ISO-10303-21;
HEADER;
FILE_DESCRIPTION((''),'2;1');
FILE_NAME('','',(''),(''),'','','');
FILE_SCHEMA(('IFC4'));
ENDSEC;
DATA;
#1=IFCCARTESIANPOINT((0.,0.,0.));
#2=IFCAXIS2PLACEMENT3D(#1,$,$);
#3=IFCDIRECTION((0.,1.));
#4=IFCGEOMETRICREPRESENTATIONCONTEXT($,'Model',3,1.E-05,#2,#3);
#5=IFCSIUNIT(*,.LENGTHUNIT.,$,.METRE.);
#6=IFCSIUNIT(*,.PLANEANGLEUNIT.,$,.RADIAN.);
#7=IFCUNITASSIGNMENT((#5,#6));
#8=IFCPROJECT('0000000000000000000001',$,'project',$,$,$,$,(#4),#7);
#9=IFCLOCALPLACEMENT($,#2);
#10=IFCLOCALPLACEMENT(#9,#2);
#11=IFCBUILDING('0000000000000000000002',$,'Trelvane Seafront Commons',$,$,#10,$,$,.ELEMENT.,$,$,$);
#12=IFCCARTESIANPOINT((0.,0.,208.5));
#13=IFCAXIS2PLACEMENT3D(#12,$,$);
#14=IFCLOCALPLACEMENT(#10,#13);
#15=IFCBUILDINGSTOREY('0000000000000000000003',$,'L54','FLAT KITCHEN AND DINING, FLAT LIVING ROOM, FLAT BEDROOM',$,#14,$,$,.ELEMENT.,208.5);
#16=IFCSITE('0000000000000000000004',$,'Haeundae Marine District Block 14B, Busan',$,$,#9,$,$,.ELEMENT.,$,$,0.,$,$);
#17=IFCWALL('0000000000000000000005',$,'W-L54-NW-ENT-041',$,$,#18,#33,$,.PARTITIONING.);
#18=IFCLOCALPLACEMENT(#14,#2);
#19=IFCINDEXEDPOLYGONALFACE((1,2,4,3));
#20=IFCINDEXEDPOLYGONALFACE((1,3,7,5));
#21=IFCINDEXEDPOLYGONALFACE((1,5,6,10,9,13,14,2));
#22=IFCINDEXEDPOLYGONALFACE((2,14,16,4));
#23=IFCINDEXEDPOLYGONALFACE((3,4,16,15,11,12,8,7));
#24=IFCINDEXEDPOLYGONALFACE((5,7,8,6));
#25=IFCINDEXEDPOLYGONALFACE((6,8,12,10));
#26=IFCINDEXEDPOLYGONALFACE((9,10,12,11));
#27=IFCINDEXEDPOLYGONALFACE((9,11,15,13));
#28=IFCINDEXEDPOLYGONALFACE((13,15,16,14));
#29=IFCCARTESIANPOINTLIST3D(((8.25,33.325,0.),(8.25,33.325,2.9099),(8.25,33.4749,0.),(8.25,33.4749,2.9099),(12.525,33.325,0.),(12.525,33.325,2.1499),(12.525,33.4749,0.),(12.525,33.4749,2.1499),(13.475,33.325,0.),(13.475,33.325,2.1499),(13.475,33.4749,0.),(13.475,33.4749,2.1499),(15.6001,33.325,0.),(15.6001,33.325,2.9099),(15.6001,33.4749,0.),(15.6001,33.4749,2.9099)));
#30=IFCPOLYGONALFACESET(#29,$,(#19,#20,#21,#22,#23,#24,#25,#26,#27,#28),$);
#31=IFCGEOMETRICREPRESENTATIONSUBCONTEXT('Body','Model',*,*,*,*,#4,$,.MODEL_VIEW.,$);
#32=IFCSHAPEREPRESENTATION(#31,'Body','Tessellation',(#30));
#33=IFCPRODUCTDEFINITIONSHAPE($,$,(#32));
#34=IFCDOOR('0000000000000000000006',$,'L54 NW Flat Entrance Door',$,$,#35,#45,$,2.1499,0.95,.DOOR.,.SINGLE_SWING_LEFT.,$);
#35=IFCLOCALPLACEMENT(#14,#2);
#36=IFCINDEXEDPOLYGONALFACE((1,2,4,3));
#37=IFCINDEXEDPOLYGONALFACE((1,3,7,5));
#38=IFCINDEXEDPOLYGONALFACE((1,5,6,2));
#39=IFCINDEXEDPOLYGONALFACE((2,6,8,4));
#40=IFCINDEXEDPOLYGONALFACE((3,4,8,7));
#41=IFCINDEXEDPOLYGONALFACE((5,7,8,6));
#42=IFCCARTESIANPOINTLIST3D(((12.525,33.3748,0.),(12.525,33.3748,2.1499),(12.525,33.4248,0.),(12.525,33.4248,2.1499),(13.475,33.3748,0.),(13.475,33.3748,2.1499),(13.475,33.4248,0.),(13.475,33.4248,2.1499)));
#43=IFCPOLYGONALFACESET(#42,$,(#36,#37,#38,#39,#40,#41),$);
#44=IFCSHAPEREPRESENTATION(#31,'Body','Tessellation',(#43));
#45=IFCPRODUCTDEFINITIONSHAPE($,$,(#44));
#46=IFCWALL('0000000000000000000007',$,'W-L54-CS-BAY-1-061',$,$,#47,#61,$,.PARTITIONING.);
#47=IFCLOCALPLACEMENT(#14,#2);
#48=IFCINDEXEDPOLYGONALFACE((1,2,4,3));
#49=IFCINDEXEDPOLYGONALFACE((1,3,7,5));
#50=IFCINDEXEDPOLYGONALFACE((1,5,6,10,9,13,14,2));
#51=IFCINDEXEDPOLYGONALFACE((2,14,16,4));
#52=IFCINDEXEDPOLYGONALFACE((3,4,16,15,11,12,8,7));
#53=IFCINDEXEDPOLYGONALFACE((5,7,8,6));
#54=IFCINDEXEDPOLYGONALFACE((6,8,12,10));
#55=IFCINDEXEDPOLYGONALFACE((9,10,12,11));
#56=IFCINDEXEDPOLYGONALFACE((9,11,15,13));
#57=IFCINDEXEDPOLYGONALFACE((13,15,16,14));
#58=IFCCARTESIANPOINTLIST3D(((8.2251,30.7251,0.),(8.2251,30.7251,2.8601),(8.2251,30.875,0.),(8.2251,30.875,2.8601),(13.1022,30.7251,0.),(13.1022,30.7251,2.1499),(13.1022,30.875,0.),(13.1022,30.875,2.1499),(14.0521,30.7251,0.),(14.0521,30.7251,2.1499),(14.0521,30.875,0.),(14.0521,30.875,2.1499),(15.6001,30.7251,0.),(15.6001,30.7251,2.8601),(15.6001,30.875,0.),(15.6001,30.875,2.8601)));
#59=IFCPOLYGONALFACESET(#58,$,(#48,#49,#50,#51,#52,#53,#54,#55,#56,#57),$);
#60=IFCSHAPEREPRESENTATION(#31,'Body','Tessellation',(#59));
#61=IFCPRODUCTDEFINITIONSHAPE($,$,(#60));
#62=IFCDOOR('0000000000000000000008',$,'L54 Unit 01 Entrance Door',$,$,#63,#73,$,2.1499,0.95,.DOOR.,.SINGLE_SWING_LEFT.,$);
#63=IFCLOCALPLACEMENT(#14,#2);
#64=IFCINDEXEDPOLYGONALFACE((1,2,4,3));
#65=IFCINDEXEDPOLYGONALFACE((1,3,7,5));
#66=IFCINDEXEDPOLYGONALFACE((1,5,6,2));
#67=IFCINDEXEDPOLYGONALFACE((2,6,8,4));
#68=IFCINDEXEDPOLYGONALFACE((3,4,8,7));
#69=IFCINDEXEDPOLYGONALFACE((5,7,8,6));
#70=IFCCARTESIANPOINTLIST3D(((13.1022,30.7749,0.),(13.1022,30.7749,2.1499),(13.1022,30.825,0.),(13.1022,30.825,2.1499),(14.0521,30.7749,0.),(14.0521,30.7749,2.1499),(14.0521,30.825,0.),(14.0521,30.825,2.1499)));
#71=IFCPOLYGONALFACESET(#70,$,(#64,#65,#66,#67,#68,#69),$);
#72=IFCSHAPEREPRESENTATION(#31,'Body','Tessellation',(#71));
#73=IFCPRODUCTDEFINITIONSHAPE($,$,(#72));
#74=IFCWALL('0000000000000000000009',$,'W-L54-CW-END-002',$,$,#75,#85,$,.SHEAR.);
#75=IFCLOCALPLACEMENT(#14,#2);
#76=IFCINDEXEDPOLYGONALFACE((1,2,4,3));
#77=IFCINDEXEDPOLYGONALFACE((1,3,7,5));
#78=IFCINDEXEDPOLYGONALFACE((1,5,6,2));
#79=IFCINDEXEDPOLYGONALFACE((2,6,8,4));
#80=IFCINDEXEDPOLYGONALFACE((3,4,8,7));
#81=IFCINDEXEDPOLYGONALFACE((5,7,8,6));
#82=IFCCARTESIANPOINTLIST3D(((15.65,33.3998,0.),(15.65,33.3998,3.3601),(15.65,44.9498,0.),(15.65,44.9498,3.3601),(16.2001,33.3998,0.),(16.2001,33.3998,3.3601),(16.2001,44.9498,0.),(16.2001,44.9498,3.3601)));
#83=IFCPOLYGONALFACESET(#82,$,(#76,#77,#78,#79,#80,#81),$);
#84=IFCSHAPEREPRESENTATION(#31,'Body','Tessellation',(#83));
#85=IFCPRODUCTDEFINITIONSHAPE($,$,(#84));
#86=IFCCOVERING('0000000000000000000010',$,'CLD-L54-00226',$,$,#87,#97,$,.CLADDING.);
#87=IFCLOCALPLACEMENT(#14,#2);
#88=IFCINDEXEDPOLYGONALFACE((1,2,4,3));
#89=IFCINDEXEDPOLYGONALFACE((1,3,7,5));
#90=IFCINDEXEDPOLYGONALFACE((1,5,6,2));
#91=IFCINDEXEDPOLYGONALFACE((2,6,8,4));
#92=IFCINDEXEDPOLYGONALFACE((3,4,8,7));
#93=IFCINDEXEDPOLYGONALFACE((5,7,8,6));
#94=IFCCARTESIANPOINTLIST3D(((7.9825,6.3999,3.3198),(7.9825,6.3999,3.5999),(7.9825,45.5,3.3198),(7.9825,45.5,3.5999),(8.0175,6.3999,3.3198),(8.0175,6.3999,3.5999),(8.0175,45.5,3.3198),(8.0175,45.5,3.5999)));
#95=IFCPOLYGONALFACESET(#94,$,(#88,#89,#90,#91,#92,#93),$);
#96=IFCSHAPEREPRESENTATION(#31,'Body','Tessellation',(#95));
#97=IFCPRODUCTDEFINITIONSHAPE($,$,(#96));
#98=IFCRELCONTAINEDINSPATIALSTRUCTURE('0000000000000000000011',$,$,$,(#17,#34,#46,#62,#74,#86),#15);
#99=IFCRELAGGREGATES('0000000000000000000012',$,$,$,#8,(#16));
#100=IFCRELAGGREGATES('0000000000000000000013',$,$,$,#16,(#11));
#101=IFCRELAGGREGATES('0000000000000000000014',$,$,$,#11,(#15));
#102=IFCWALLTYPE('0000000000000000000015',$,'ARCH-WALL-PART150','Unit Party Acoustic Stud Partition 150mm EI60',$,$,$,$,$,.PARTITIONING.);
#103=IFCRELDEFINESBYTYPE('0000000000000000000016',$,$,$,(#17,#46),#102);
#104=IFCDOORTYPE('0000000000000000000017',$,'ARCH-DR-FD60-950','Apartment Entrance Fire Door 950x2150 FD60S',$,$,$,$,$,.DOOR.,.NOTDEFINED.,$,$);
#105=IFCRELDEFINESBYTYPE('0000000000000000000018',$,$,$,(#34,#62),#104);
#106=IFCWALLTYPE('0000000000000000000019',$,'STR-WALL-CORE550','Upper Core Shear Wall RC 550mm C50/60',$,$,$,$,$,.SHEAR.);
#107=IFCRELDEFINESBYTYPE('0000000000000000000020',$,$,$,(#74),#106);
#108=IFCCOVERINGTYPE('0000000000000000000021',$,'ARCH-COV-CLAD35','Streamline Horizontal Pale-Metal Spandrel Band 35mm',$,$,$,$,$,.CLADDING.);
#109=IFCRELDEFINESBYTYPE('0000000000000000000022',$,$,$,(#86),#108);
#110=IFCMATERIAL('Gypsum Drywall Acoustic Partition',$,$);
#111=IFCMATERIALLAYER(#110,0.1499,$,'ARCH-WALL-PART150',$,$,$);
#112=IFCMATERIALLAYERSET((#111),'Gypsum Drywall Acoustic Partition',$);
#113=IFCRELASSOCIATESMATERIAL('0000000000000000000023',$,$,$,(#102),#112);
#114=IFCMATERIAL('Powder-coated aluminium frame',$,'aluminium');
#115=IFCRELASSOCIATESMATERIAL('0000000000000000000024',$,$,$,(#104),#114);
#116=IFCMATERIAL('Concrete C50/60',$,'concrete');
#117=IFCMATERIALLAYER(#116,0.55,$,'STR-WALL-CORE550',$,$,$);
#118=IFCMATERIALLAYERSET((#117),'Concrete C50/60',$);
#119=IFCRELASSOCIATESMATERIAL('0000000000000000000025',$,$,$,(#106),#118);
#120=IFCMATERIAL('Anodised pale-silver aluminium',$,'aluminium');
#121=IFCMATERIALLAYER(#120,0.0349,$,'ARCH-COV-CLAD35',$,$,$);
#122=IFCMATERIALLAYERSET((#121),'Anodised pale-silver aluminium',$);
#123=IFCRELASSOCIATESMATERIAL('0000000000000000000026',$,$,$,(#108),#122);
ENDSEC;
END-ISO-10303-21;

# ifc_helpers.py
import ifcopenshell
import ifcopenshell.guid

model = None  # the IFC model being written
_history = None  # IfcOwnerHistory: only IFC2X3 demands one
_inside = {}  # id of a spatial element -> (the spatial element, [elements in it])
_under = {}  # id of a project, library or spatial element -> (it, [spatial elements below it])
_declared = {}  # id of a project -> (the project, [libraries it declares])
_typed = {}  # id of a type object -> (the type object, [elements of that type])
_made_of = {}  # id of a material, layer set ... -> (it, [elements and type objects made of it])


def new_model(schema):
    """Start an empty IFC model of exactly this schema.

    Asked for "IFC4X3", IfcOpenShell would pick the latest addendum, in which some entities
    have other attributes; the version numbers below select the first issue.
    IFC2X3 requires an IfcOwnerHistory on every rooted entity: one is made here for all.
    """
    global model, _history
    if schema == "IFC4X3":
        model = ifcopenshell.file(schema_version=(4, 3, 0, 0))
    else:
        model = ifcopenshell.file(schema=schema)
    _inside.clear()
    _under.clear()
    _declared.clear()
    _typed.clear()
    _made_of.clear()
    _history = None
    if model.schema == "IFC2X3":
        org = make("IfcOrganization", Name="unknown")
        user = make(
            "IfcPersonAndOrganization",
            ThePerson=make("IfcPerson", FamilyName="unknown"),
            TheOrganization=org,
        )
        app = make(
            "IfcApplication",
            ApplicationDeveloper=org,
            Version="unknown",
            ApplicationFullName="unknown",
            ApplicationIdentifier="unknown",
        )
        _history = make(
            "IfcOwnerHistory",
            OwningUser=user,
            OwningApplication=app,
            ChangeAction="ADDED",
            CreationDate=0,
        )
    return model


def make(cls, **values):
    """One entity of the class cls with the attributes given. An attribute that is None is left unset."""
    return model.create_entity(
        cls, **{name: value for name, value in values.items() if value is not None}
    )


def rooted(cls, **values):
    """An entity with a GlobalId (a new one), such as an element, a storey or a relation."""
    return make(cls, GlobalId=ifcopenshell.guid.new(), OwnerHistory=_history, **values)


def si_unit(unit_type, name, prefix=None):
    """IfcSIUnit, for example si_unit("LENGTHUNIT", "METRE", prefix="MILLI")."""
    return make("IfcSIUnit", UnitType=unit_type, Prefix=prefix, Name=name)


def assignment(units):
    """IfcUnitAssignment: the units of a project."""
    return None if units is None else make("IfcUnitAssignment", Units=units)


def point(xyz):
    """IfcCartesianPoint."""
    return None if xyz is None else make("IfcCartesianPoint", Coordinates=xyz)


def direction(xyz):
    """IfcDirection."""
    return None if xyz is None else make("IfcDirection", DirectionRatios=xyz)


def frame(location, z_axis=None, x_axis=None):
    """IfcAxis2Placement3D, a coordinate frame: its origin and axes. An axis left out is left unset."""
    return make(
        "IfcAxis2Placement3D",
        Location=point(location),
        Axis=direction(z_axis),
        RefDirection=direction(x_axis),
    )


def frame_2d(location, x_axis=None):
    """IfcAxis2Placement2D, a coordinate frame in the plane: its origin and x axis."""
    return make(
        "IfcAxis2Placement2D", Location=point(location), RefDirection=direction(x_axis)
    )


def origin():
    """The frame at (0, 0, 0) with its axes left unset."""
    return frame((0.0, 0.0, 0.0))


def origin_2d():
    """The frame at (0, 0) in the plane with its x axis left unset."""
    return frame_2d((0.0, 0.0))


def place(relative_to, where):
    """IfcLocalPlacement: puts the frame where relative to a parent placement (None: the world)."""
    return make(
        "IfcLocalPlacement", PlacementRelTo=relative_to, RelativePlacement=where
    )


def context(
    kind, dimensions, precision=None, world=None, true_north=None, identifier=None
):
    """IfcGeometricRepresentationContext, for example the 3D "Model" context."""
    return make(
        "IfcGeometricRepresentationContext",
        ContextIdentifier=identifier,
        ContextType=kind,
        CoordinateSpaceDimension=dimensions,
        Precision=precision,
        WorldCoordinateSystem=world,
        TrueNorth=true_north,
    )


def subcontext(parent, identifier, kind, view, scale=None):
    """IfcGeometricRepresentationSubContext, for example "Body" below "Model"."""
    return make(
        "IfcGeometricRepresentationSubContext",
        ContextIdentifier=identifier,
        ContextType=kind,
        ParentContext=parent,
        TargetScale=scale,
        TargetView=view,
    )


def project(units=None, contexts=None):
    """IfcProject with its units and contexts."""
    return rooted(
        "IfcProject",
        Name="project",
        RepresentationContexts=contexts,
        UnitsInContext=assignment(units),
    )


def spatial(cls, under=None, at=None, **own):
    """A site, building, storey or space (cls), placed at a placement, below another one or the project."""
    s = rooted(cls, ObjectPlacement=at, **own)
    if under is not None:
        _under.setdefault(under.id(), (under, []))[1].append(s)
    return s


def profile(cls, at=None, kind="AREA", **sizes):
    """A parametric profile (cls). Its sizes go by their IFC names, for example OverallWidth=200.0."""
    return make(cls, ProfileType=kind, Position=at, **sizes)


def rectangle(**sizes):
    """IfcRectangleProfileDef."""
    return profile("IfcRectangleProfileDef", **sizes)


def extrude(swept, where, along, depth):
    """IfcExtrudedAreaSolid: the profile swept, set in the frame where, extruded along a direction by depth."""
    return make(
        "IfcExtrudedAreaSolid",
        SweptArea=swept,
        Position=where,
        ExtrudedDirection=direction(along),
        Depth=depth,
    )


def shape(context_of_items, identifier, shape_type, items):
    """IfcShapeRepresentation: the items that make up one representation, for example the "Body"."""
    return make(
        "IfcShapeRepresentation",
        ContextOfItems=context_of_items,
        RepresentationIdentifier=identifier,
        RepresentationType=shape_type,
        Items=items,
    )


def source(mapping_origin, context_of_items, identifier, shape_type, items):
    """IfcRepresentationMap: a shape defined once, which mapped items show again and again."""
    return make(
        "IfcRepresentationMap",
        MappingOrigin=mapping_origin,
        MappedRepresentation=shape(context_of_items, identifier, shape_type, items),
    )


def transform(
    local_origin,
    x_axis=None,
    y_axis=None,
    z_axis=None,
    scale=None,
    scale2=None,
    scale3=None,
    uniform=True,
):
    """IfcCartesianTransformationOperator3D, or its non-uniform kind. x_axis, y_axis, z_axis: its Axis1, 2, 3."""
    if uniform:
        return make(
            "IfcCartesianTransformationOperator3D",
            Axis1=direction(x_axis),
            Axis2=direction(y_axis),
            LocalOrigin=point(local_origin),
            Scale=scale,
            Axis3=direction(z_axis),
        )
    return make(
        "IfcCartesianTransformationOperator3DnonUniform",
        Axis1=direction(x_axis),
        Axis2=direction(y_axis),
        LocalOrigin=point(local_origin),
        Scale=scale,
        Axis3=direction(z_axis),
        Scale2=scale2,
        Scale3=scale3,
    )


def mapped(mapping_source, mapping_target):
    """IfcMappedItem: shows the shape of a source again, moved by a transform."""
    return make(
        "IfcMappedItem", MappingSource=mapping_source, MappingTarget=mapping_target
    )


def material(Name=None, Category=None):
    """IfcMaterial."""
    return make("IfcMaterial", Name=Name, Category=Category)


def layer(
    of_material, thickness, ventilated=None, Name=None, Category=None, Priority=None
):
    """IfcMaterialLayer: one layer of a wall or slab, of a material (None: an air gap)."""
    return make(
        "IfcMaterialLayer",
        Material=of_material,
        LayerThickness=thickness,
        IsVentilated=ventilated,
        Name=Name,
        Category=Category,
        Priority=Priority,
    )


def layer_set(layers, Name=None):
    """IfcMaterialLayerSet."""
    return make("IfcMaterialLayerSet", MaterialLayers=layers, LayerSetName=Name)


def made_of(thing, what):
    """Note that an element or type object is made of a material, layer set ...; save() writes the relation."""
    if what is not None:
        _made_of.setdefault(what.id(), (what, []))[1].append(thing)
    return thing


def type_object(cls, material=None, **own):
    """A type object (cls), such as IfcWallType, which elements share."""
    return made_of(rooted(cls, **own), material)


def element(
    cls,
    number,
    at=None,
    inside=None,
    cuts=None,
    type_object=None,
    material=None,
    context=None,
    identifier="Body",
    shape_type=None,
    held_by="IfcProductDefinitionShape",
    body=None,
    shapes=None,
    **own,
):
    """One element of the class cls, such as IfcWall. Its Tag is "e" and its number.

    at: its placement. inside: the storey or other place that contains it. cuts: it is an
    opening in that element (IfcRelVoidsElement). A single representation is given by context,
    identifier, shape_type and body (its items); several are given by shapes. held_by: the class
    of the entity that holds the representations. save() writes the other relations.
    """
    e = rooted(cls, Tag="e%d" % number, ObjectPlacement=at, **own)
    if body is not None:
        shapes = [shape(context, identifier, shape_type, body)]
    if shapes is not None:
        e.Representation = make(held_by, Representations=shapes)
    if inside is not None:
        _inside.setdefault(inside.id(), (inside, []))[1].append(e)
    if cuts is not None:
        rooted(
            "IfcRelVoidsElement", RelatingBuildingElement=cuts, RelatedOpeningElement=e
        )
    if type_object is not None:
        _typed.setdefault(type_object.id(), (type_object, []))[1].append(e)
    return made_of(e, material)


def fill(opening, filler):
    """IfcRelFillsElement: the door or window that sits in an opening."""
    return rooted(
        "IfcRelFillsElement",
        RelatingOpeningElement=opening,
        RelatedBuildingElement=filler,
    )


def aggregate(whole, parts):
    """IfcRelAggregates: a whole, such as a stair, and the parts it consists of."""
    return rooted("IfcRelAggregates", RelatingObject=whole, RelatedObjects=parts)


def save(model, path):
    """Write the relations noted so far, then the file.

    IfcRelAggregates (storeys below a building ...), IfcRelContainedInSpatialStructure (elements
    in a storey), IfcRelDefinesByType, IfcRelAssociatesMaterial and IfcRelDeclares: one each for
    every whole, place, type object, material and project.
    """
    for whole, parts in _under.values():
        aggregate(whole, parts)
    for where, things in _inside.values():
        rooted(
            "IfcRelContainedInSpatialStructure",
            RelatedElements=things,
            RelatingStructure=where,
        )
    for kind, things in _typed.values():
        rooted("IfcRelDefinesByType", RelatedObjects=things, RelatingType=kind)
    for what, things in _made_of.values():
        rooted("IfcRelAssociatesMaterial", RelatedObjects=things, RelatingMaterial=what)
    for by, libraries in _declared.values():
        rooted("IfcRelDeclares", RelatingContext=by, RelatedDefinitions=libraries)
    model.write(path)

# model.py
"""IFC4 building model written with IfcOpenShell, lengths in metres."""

from ifc_helpers import new_model, si_unit, direction, frame, frame_2d, origin, origin_2d, place, context, subcontext, project, spatial, rectangle, extrude, source, transform, mapped, material, layer, layer_set, type_object, element, fill, save


model = new_model("IFC4")

# Units and contexts
model_context = context("Model", 3, precision=1e-05, world=origin(), true_north=direction((0.0, 1.0)))
body_context = subcontext(model_context, "Body", "Model", "MODEL_VIEW")
ifc_project = project(units=[si_unit("LENGTHUNIT", "METRE"), si_unit("PLANEANGLEUNIT", "RADIAN")], contexts=[model_context])

# Site, building, storey
site_placement = place(None, origin())
site = spatial("IfcSite", under=ifc_project, at=site_placement, Name="Haeundae Marine District Block 14B, Busan", CompositionType="ELEMENT", RefElevation=0.0)
building_placement = place(site_placement, origin())
building = spatial("IfcBuilding", under=site, at=building_placement, Name="Trelvane Seafront Commons", CompositionType="ELEMENT")
storey_placement = place(building_placement, frame((0.0, 0.0, 208.5)))
storey = spatial("IfcBuildingStorey", under=building, at=storey_placement, Name="L54", Description="FLAT KITCHEN AND DINING, FLAT LIVING ROOM, FLAT BEDROOM", CompositionType="ELEMENT", Elevation=208.5)

# Shared definitions
ifc_material_1 = material(Name="Concrete C50/60", Category="concrete")

# Shared definitions
ifc_material_2 = material(Name="Anodised pale-silver aluminium", Category="aluminium")

# Shared definitions
ifc_material_3 = material(Name="Gypsum Drywall Acoustic Partition")

# Walls, openings, doors
shared_shape_1 = source(origin(), body_context, "Body", "SweptSolid", [
    extrude(rectangle(XDim=0.95, YDim=2.1499, at=frame_2d((0.4751, 1.075))), frame((0.0, 0.0249, 0.0), z_axis=(0.0, -1.0, 0.0), x_axis=(1.0, 0.0, 0.0)), (0.0, 0.0, 1.0), 0.05),
])
ifc_layer_1 = layer(ifc_material_3, 0.1499, Name="ARCH-WALL-PART150")
ifc_layer_set_1 = layer_set([ifc_layer_1], Name="Gypsum Drywall Acoustic Partition")
wall_type_1 = type_object("IfcWallType", Name="ARCH-WALL-PART150", Description="Unit Party Acoustic Stud Partition 150mm EI60", PredefinedType="PARTITIONING", material=ifc_layer_set_1)
wall_1_placement = place(storey_placement, frame((8.25, 33.3999, 0.0), z_axis=(0.0, 0.0, 1.0), x_axis=(1.0, 0.0, 0.0)))
wall_1 = element("IfcWall", 1, at=wall_1_placement, inside=storey, type_object=wall_type_1, Name="W-L54-NW-ENT-041", PredefinedType="PARTITIONING", context=body_context, shape_type="SweptSolid", body=[
    extrude(rectangle(XDim=7.3501, YDim=0.1499, at=frame_2d((3.675, 0.0))), origin(), (0.0, 0.0, 1.0), 2.9099),
])
opening_1_placement = place(wall_1_placement, frame((4.2749, 0.0, 0.0)))
opening_1 = element("IfcOpeningElement", 2, at=opening_1_placement, cuts=wall_1, PredefinedType="OPENING", context=body_context, shape_type="SweptSolid", body=[
    extrude(rectangle(XDim=0.95, YDim=2.1499, at=frame_2d((0.4751, 1.075))), frame((0.0, 0.085, 0.0), z_axis=(0.0, -1.0, 0.0), x_axis=(1.0, 0.0, 0.0)), (0.0, 0.0, 1.0), 0.1699),
])
ifc_material_4 = material(Name="Powder-coated aluminium frame", Category="aluminium")
door_type_1 = type_object("IfcDoorType", Name="ARCH-DR-FD60-950", Description="Apartment Entrance Fire Door 950x2150 FD60S", OperationType="NOTDEFINED", PredefinedType="DOOR", material=ifc_material_4)
door_1_placement = place(opening_1_placement, origin())
door_1 = element("IfcDoor", 3, at=door_1_placement, inside=storey, type_object=door_type_1, Name="L54 NW Flat Entrance Door", OperationType="SINGLE_SWING_LEFT", OverallHeight=2.1499, OverallWidth=0.95, PredefinedType="DOOR", context=body_context, shape_type="MappedRepresentation", body=[
    mapped(shared_shape_1, transform((0.0, 0.0, 0.0), x_axis=(1.0, 0.0, 0.0), y_axis=(0.0, 1.0, 0.0), z_axis=(0.0, 0.0, 1.0), scale=1.0)),
])
fill(opening_1, door_1)
wall_2_placement = place(storey_placement, frame((8.2251, 30.8, 0.0), z_axis=(0.0, 0.0, 1.0), x_axis=(1.0, 0.0, 0.0)))
wall_2 = element("IfcWall", 4, at=wall_2_placement, inside=storey, type_object=wall_type_1, Name="W-L54-CS-BAY-1-061", PredefinedType="PARTITIONING", context=body_context, shape_type="SweptSolid", body=[
    extrude(rectangle(XDim=7.375, YDim=0.1499, at=frame_2d((3.6875, 0.0))), origin(), (0.0, 0.0, 1.0), 2.8601),
])
opening_2_placement = place(wall_2_placement, frame((4.877, 0.0, 0.0)))
opening_2 = element("IfcOpeningElement", 5, at=opening_2_placement, cuts=wall_2, PredefinedType="OPENING", context=body_context, shape_type="SweptSolid", body=[
    extrude(rectangle(XDim=0.95, YDim=2.1499, at=frame_2d((0.4751, 1.075))), frame((0.0, 0.085, 0.0), z_axis=(0.0, -1.0, 0.0), x_axis=(1.0, 0.0, 0.0)), (0.0, 0.0, 1.0), 0.1699),
])
door_2_placement = place(opening_2_placement, origin())
door_2 = element("IfcDoor", 6, at=door_2_placement, inside=storey, type_object=door_type_1, Name="L54 Unit 01 Entrance Door", OperationType="SINGLE_SWING_LEFT", OverallHeight=2.1499, OverallWidth=0.95, PredefinedType="DOOR", context=body_context, shape_type="MappedRepresentation", body=[
    mapped(shared_shape_1, transform((0.0, 0.0, 0.0), x_axis=(1.0, 0.0, 0.0), y_axis=(0.0, 1.0, 0.0), z_axis=(0.0, 0.0, 1.0), scale=1.0)),
])
fill(opening_2, door_2)

# Wall
ifc_layer_2 = layer(ifc_material_1, 0.55, Name="STR-WALL-CORE550")
ifc_layer_set_2 = layer_set([ifc_layer_2], Name="Concrete C50/60")
wall_type_2 = type_object("IfcWallType", Name="STR-WALL-CORE550", Description="Upper Core Shear Wall RC 550mm C50/60", PredefinedType="SHEAR", material=ifc_layer_set_2)
wall_3_placement = place(storey_placement, frame((15.925, 33.3999, 0.0), z_axis=(0.0, 0.0, 1.0), x_axis=(0.0, 1.0, 0.0)))
element("IfcWall", 7, at=wall_3_placement, inside=storey, type_object=wall_type_2, Name="W-L54-CW-END-002", PredefinedType="SHEAR", context=body_context, shape_type="SweptSolid", body=[
    extrude(rectangle(XDim=11.55, YDim=0.55, at=frame_2d((5.7749, 0.0))), origin(), (0.0, 0.0, 1.0), 3.3601),
])

# Covering
ifc_layer_3 = layer(ifc_material_2, 0.0349, Name="ARCH-COV-CLAD35")
ifc_layer_set_3 = layer_set([ifc_layer_3], Name="Anodised pale-silver aluminium")
covering_type = type_object("IfcCoveringType", Name="ARCH-COV-CLAD35", Description="Streamline Horizontal Pale-Metal Spandrel Band 35mm", PredefinedType="CLADDING", material=ifc_layer_set_3)
shared_shape_2 = source(origin(), body_context, "Body", "SweptSolid", [
    extrude(rectangle(XDim=39.1001, YDim=0.0349, at=origin_2d()), origin(), (0.0, 0.0, 1.0), 0.28),
])
covering_placement = place(storey_placement, frame((8.0, 25.95, 3.3198), z_axis=(0.0, 0.0, 1.0), x_axis=(0.0, 1.0, 0.0)))
element("IfcCovering", 8, at=covering_placement, inside=storey, type_object=covering_type, Name="CLD-L54-00226", PredefinedType="CLADDING", context=body_context, shape_type="MappedRepresentation", body=[
    mapped(shared_shape_2, transform((0.0, 0.0, 0.0), x_axis=(1.0, 0.0, 0.0), y_axis=(0.0, 1.0, 0.0), z_axis=(0.0, 0.0, 1.0), scale=1.0)),
])

save(model, "model.ifc")
